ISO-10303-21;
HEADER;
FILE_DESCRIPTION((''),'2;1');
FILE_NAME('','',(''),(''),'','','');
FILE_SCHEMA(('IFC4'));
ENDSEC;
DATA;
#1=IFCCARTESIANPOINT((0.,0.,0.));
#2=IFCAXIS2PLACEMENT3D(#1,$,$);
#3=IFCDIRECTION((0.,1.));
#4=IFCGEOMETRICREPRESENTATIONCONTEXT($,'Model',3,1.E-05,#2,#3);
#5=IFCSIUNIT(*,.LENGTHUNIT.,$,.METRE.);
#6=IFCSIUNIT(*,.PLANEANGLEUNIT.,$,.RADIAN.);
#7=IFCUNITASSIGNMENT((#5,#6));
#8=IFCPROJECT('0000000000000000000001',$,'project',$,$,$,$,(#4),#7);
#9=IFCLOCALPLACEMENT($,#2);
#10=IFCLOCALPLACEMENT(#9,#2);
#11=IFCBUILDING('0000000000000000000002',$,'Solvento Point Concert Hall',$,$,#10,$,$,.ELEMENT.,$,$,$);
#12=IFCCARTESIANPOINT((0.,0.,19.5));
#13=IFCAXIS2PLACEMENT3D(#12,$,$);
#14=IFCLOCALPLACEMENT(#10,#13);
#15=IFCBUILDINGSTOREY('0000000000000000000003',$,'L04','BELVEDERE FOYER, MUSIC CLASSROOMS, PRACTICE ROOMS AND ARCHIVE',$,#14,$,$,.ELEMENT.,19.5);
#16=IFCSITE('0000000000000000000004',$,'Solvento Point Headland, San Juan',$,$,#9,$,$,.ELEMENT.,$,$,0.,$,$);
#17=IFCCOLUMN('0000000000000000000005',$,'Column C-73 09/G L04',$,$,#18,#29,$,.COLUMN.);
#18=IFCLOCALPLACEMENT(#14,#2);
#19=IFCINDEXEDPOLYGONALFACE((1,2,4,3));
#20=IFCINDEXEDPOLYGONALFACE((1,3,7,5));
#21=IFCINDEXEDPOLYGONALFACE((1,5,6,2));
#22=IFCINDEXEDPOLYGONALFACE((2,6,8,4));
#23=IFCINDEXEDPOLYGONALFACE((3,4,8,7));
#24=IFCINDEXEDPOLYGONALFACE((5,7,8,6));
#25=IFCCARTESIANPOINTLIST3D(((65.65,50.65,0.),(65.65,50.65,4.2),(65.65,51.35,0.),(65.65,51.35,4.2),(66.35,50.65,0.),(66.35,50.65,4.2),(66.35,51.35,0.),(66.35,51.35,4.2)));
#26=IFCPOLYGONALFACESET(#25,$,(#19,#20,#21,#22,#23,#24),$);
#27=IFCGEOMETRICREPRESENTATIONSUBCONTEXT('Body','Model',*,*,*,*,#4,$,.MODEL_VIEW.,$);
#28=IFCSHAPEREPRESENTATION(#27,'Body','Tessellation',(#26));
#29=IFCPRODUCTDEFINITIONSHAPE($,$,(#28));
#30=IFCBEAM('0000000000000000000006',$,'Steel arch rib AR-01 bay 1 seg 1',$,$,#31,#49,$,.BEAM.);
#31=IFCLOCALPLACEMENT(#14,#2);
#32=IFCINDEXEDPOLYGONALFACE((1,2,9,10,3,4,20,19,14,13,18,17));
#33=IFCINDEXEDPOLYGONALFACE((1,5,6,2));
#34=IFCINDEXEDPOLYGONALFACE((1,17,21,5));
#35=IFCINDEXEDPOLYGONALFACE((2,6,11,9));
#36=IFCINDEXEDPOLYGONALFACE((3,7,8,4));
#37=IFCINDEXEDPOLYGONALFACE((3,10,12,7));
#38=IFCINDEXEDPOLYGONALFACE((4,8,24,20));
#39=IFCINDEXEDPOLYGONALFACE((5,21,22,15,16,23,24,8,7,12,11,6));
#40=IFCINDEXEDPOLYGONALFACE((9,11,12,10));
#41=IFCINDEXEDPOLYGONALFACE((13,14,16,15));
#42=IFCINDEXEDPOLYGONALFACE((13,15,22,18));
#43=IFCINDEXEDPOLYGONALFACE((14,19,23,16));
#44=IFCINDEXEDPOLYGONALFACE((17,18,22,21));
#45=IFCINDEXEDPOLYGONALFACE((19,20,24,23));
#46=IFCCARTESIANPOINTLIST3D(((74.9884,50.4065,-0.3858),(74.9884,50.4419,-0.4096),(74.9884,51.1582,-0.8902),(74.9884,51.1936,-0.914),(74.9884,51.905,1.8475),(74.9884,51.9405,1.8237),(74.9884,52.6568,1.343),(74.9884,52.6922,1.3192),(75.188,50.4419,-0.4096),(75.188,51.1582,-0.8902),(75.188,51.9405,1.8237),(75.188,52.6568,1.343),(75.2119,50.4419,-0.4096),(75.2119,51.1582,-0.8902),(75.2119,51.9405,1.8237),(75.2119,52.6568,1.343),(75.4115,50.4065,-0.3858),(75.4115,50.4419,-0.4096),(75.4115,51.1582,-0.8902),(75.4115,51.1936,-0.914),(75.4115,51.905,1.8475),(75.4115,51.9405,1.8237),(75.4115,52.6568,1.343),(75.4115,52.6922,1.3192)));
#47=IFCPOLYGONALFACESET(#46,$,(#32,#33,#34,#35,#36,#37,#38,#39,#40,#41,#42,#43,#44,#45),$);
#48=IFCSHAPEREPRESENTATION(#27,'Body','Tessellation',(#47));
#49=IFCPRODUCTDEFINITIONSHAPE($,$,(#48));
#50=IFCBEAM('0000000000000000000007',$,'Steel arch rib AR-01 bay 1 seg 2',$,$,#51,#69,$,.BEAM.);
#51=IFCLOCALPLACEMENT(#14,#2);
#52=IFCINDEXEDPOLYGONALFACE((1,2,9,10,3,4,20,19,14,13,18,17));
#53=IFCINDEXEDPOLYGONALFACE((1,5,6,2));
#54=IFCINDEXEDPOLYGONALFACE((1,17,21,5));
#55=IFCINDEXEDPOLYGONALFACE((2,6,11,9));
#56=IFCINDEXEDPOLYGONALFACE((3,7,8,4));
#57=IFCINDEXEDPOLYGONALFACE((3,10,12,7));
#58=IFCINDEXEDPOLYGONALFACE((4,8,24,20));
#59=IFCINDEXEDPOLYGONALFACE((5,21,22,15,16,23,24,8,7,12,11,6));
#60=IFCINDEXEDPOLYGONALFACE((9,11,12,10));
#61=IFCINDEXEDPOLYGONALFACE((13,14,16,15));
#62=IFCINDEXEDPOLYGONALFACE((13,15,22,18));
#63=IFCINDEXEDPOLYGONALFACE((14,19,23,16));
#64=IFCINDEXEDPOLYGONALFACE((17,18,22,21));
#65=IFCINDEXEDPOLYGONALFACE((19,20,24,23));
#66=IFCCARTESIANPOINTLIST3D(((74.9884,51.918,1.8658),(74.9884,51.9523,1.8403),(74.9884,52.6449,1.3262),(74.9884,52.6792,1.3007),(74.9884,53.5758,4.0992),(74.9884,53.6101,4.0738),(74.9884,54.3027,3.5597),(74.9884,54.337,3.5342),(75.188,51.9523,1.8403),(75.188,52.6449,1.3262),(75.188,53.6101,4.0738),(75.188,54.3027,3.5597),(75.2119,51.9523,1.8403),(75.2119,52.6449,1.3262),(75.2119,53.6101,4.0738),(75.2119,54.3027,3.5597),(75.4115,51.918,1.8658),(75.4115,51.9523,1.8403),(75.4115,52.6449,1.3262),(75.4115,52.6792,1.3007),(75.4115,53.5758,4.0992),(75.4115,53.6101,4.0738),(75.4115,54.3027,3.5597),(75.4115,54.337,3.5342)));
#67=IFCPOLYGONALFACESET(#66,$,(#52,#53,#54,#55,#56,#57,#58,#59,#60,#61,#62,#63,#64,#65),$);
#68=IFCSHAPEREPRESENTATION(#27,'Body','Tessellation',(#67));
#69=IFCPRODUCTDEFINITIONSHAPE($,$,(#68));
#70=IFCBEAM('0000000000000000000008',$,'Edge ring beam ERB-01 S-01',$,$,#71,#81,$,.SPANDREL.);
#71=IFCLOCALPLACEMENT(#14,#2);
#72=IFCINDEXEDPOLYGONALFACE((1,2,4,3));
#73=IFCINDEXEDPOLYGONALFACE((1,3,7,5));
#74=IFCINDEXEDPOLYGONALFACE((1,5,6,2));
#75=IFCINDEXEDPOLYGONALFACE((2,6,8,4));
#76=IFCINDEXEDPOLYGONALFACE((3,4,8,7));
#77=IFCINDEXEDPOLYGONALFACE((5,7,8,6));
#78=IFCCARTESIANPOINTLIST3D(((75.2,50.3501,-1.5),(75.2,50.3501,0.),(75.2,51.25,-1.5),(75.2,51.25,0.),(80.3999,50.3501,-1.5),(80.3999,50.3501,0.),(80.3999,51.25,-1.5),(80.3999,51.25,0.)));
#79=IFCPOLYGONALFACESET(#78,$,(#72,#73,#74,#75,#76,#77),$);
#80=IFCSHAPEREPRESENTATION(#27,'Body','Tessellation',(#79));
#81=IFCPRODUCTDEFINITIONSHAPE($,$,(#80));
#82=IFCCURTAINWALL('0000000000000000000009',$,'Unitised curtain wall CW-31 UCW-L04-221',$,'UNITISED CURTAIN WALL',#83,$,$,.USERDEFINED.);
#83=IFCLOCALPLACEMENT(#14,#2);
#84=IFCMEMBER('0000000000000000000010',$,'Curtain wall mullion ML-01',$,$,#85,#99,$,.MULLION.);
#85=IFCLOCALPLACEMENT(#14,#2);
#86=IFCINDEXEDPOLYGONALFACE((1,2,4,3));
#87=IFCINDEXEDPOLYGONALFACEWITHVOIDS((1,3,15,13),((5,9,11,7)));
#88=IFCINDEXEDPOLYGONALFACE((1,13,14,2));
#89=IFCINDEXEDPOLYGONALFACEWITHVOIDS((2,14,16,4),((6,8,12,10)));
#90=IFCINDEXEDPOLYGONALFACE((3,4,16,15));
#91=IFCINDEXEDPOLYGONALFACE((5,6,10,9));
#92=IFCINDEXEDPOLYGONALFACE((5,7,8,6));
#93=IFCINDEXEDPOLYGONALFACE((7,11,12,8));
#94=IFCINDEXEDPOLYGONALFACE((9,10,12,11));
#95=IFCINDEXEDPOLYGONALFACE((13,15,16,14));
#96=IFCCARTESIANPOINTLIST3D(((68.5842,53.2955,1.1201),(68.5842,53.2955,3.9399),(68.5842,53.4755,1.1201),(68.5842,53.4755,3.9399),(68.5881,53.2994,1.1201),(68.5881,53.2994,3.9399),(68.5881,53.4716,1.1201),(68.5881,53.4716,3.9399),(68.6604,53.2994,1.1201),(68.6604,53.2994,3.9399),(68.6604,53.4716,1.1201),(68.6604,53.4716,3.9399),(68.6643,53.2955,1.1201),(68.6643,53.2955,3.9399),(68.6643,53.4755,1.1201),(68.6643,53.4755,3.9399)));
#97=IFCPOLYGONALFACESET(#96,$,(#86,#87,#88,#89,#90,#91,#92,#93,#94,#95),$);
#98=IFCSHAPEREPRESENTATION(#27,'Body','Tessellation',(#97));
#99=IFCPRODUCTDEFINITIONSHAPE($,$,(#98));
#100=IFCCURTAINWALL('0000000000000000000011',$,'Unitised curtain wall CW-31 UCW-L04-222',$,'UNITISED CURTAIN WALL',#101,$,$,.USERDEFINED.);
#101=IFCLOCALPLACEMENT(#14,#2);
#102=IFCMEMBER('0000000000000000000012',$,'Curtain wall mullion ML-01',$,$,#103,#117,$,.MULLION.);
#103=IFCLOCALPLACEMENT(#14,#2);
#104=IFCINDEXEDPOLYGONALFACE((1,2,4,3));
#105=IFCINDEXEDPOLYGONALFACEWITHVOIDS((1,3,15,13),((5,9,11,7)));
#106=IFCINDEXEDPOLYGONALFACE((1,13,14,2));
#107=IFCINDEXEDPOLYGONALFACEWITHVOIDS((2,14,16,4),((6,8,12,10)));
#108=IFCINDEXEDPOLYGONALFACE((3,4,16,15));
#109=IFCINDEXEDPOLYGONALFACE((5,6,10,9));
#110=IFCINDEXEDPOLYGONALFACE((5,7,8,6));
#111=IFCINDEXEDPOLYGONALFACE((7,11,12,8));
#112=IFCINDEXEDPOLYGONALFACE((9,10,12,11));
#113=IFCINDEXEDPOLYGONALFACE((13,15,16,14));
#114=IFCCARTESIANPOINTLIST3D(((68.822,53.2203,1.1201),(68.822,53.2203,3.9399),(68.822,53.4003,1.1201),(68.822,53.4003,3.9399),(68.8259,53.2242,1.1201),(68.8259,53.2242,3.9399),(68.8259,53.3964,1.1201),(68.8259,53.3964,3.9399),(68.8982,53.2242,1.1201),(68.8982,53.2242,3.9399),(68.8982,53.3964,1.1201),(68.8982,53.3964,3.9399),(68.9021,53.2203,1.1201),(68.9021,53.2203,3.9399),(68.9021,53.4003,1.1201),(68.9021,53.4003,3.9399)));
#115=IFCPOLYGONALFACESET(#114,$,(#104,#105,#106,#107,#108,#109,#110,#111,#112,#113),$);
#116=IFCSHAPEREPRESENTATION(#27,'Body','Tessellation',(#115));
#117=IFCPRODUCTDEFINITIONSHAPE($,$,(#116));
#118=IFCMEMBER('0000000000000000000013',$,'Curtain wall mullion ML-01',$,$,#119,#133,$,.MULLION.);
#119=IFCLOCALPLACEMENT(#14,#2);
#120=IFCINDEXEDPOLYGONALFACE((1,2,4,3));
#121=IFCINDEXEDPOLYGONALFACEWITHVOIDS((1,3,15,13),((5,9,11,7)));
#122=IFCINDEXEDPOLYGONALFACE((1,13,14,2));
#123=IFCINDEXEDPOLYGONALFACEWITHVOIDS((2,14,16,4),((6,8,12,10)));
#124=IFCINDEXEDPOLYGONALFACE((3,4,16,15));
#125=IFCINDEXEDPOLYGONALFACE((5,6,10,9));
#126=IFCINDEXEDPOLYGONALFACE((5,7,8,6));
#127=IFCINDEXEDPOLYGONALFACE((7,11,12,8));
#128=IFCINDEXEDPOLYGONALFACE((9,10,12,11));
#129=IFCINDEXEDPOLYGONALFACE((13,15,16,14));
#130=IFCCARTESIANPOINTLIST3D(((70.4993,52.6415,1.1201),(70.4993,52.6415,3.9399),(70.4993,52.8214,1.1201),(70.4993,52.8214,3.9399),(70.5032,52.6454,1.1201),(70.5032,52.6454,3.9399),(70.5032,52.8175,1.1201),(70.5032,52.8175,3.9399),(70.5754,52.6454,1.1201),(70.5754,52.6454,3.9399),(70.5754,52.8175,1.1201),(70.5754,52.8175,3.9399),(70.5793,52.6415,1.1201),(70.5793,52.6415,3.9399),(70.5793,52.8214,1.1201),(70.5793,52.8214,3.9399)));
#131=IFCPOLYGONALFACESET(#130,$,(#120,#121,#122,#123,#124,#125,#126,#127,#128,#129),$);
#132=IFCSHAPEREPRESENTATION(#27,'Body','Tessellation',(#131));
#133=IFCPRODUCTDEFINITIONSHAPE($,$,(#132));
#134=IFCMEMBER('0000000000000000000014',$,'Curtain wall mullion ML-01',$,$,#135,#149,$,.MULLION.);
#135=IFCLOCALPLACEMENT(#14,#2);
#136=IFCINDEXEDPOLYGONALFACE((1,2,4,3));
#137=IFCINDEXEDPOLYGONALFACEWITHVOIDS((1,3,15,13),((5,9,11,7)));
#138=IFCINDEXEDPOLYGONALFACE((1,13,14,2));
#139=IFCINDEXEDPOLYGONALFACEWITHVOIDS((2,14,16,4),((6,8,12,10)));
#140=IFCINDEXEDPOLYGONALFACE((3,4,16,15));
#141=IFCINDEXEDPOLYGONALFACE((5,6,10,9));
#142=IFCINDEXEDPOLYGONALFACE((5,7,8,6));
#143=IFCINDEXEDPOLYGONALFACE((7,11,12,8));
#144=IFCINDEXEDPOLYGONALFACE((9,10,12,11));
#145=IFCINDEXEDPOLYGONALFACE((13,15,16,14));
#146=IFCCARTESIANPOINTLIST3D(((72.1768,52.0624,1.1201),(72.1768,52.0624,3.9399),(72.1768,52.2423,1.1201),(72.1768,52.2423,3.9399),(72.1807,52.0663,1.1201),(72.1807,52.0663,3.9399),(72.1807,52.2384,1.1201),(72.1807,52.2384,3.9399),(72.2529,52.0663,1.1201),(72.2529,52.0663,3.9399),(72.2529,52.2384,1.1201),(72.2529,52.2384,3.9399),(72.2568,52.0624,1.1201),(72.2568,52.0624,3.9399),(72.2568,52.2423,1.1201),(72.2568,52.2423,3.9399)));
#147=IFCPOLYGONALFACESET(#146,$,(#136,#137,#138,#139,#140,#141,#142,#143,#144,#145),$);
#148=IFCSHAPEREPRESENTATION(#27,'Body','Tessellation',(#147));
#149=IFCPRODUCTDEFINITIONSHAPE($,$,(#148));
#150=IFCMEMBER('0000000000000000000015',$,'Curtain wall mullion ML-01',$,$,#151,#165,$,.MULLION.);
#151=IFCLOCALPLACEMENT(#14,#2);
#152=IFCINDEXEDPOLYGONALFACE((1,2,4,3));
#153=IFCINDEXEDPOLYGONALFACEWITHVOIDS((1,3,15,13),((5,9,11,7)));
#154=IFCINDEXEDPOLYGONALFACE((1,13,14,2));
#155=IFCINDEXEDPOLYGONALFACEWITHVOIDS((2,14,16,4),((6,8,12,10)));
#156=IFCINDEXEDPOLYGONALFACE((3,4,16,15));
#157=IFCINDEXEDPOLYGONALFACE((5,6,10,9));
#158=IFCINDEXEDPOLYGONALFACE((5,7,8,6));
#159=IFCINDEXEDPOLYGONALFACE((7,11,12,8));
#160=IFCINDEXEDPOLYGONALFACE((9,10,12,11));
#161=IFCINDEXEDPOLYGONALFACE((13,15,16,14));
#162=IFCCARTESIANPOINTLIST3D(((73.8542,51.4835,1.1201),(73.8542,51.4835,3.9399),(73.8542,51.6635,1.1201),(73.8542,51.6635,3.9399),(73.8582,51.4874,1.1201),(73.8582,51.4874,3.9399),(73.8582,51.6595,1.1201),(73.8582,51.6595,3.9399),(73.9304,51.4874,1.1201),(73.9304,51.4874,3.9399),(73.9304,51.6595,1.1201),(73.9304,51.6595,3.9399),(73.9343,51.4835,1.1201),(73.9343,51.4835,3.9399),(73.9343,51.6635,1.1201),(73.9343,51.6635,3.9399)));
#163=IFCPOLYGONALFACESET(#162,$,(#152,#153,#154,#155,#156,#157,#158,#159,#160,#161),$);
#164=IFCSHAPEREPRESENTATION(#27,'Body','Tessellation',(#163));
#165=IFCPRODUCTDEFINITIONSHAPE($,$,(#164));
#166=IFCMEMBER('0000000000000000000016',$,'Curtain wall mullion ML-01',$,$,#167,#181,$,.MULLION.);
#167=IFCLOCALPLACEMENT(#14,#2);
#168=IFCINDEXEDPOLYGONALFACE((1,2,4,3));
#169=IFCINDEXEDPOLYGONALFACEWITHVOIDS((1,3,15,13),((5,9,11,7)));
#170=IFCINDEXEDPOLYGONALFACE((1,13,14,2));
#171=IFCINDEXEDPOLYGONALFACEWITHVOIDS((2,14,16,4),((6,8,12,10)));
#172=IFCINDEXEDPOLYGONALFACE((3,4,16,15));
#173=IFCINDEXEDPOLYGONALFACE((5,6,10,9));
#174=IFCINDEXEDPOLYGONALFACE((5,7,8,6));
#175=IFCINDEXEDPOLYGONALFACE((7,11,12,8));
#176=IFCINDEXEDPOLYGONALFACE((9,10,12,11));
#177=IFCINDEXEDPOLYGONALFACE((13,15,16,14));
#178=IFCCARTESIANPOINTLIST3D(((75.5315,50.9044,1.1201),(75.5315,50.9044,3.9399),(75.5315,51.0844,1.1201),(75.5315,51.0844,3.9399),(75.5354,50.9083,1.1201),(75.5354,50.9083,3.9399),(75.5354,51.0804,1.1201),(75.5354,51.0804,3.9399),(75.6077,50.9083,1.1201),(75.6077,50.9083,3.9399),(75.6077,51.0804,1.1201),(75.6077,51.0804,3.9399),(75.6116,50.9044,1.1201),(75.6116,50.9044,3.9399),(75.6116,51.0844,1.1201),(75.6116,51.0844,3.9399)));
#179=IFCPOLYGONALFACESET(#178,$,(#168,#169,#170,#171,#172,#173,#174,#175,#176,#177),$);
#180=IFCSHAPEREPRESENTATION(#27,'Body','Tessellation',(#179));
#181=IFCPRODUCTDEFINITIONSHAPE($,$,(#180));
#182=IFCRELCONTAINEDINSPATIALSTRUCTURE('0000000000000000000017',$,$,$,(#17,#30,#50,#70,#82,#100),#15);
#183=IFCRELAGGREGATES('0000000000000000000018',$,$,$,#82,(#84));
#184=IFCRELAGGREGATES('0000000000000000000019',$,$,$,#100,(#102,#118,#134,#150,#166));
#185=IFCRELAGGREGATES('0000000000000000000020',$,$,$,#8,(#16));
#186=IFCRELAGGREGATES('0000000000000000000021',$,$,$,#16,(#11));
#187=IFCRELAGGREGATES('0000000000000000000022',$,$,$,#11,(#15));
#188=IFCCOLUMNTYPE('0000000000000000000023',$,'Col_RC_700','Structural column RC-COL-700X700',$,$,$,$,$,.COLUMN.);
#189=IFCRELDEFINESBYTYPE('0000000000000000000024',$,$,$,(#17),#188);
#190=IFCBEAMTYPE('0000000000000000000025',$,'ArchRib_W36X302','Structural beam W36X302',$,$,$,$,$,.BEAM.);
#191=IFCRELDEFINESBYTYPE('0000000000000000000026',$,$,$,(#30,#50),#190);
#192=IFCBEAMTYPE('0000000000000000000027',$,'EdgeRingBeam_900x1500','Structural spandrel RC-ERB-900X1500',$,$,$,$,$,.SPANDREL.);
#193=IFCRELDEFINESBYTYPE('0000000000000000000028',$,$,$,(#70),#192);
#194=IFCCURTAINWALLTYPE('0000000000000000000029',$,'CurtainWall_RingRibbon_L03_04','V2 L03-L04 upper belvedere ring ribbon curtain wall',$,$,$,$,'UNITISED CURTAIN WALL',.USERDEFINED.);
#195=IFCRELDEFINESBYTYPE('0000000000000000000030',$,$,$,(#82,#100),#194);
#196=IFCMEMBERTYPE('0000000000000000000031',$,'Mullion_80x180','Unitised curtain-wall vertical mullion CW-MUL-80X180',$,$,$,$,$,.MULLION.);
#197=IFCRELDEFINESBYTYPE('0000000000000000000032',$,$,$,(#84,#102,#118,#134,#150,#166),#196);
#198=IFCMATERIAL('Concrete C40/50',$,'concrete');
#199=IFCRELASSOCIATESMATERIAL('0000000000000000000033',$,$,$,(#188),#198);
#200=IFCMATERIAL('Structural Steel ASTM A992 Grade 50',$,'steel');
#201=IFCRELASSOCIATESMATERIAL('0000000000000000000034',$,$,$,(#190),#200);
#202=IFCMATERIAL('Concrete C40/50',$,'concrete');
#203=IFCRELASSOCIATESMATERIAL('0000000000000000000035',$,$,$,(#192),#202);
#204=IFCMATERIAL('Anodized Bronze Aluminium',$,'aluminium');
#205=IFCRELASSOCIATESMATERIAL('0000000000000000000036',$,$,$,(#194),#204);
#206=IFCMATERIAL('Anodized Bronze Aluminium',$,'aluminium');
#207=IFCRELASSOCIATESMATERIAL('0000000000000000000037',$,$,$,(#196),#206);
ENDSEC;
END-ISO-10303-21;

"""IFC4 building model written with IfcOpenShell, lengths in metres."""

from ifc_helpers import new_model, si_unit, direction, frame, origin, origin_2d, place, context, subcontext, project, spatial, rectangle, hollow_rectangle, i_section, extrude, material, material_profile, profile_set, type_object, element, aggregate, save


model = new_model("IFC4")

# Units and contexts
model_context = context("Model", 3, precision=1e-05, world=origin(), true_north=direction((0.0, 1.0)))
body_context = subcontext(model_context, "Body", "Model", "MODEL_VIEW")
ifc_project = project(units=[si_unit("LENGTHUNIT", "METRE"), si_unit("PLANEANGLEUNIT", "RADIAN")], contexts=[model_context])

# Site, building, storey
site_placement = place(None, origin())
site = spatial("IfcSite", under=ifc_project, at=site_placement, Name="Solvento Point Headland, San Juan", CompositionType="ELEMENT", RefElevation=0.0)
building_placement = place(site_placement, origin())
building = spatial("IfcBuilding", under=site, at=building_placement, Name="Solvento Point Concert Hall", CompositionType="ELEMENT")
storey_placement = place(building_placement, frame((0.0, 0.0, 19.5)))
storey = spatial("IfcBuildingStorey", under=building, at=storey_placement, Name="L04", Description="BELVEDERE FOYER, MUSIC CLASSROOMS, PRACTICE ROOMS AND ARCHIVE", CompositionType="ELEMENT", Elevation=19.5)

# Column
ifc_material_1 = material(Name="Concrete C40/50", Category="concrete")
ifc_material_profile_1 = material_profile(ifc_material_1, rectangle(XDim=0.7, YDim=0.7, at=origin_2d()), Name="RC-COL-700X700")
ifc_profile_set_1 = profile_set([ifc_material_profile_1], Name="Concrete C40/50")
column_type = type_object("IfcColumnType", Name="Col_RC_700", Description="Structural column RC-COL-700X700", PredefinedType="COLUMN", material=ifc_profile_set_1)
column_placement = place(storey_placement, frame((66.0, 51.0, 0.0), z_axis=(0.0, 0.0, 1.0), x_axis=(1.0, 0.0, 0.0)))
element("IfcColumn", 1, at=column_placement, inside=storey, type_object=column_type, Name="Column C-73 09/G L04", PredefinedType="COLUMN", context=body_context, shape_type="SweptSolid", body=[
    extrude(rectangle(XDim=0.7, YDim=0.7, at=origin_2d()), origin(), (0.0, 0.0, 1.0), 4.2),
])

# Beams
ifc_material_2 = material(Name="Structural Steel ASTM A992 Grade 50", Category="steel")
ifc_material_profile_2 = material_profile(ifc_material_2, i_section(OverallWidth=0.4231, OverallDepth=0.948, WebThickness=0.0239, FlangeThickness=0.0427, at=origin_2d()), Name="W36X302")
ifc_profile_set_2 = profile_set([ifc_material_profile_2], Name="Structural Steel ASTM A992 Grade 50")
beam_type_1 = type_object("IfcBeamType", Name="ArchRib_W36X302", Description="Structural beam W36X302", PredefinedType="BEAM", material=ifc_profile_set_2)
beam_1_placement = place(storey_placement, frame((75.2, 50.8, -0.6499), z_axis=(0.0, 0.557212, 0.830371), x_axis=(-1.0, 0.0, 0.0)))
element("IfcBeam", 2, at=beam_1_placement, inside=storey, type_object=beam_type_1, Name="Steel arch rib AR-01 bay 1 seg 1", PredefinedType="BEAM", context=body_context, shape_type="SweptSolid", body=[
    extrude(i_section(OverallWidth=0.4231, OverallDepth=0.948, WebThickness=0.0239, FlangeThickness=0.0427, at=origin_2d()), origin(), (0.0, 0.0, 1.0), 2.6895),
])
beam_2_placement = place(storey_placement, frame((75.2, 52.2986, 1.5833), z_axis=(0.0, 0.596004, 0.802981), x_axis=(-1.0, 0.0, 0.0)))
element("IfcBeam", 3, at=beam_2_placement, inside=storey, type_object=beam_type_1, Name="Steel arch rib AR-01 bay 1 seg 2", PredefinedType="BEAM", context=body_context, shape_type="SweptSolid", body=[
    extrude(i_section(OverallWidth=0.4231, OverallDepth=0.948, WebThickness=0.0239, FlangeThickness=0.0427, at=origin_2d()), origin(), (0.0, 0.0, 1.0), 2.7815),
])
ifc_material_3 = material(Name="Concrete C40/50", Category="concrete")
ifc_material_profile_3 = material_profile(ifc_material_3, rectangle(XDim=0.8999, YDim=1.5, at=origin_2d()), Name="RC-ERB-900X1500")
ifc_profile_set_3 = profile_set([ifc_material_profile_3], Name="Concrete C40/50")
beam_type_2 = type_object("IfcBeamType", Name="EdgeRingBeam_900x1500", Description="Structural spandrel RC-ERB-900X1500", PredefinedType="SPANDREL", material=ifc_profile_set_3)
beam_3_placement = place(storey_placement, frame((75.2, 50.8, -0.75), z_axis=(1.0, 0.0, 0.0), x_axis=(0.0, 1.0, 0.0)))
element("IfcBeam", 4, at=beam_3_placement, inside=storey, type_object=beam_type_2, Name="Edge ring beam ERB-01 S-01", PredefinedType="SPANDREL", context=body_context, shape_type="SweptSolid", body=[
    extrude(rectangle(XDim=0.8999, YDim=1.5, at=origin_2d()), origin(), (0.0, 0.0, 1.0), 5.2),
])

# Curtain wall, member
ifc_material_4 = material(Name="Anodized Bronze Aluminium", Category="aluminium")
curtain_wall_type = type_object("IfcCurtainWallType", Name="CurtainWall_RingRibbon_L03_04", Description="V2 L03-L04 upper belvedere ring ribbon curtain wall", ElementType="UNITISED CURTAIN WALL", PredefinedType="USERDEFINED", material=ifc_material_4)
curtain_wall_1_placement = place(storey_placement, origin())
curtain_wall_1 = element("IfcCurtainWall", 5, at=curtain_wall_1_placement, inside=storey, type_object=curtain_wall_type, Name="Unitised curtain wall CW-31 UCW-L04-221", ObjectType="UNITISED CURTAIN WALL", PredefinedType="USERDEFINED")
ifc_material_5 = material(Name="Anodized Bronze Aluminium", Category="aluminium")
ifc_material_profile_4 = material_profile(ifc_material_5, hollow_rectangle(XDim=0.0801, YDim=0.1799, WallThickness=0.0039, at=origin_2d()), Name="CW-MUL-80X180")
ifc_profile_set_4 = profile_set([ifc_material_profile_4], Name="Anodized Bronze Aluminium")
member_type_1 = type_object("IfcMemberType", Name="Mullion_80x180", Description="Unitised curtain-wall vertical mullion CW-MUL-80X180", PredefinedType="MULLION", material=ifc_profile_set_4)
member_1_placement = place(storey_placement, frame((68.6243, 53.3855, 1.1201), z_axis=(0.0, 0.0, 1.0), x_axis=(1.0, 0.0, 0.0)))
member_1 = element("IfcMember", 6, at=member_1_placement, type_object=member_type_1, Name="Curtain wall mullion ML-01", PredefinedType="MULLION", context=body_context, shape_type="SweptSolid", body=[
    extrude(hollow_rectangle(XDim=0.0801, YDim=0.1799, WallThickness=0.0039, at=origin_2d()), origin(), (0.0, 0.0, 1.0), 2.8198),
])

# Curtain wall, members
curtain_wall_2_placement = place(storey_placement, origin())
curtain_wall_2 = element("IfcCurtainWall", 7, at=curtain_wall_2_placement, inside=storey, type_object=curtain_wall_type, Name="Unitised curtain wall CW-31 UCW-L04-222", ObjectType="UNITISED CURTAIN WALL", PredefinedType="USERDEFINED")
member_2_placement = place(storey_placement, frame((68.8621, 53.3103, 1.1201), z_axis=(0.0, 0.0, 1.0), x_axis=(1.0, 0.0, 0.0)))
member_2 = element("IfcMember", 8, at=member_2_placement, type_object=member_type_1, Name="Curtain wall mullion ML-01", PredefinedType="MULLION", context=body_context, shape_type="SweptSolid", body=[
    extrude(hollow_rectangle(XDim=0.0801, YDim=0.1799, WallThickness=0.0039, at=origin_2d()), origin(), (0.0, 0.0, 1.0), 2.8198),
])
member_3_placement = place(storey_placement, frame((70.5393, 52.7314, 1.1201), z_axis=(0.0, 0.0, 1.0), x_axis=(1.0, 0.0, 0.0)))
member_3 = element("IfcMember", 9, at=member_3_placement, type_object=member_type_1, Name="Curtain wall mullion ML-01", PredefinedType="MULLION", context=body_context, shape_type="SweptSolid", body=[
    extrude(hollow_rectangle(XDim=0.0801, YDim=0.1799, WallThickness=0.0039, at=origin_2d()), origin(), (0.0, 0.0, 1.0), 2.8198),
])
member_4_placement = place(storey_placement, frame((72.2168, 52.1523, 1.1201), z_axis=(0.0, 0.0, 1.0), x_axis=(1.0, 0.0, 0.0)))
member_4 = element("IfcMember", 10, at=member_4_placement, type_object=member_type_1, Name="Curtain wall mullion ML-01", PredefinedType="MULLION", context=body_context, shape_type="SweptSolid", body=[
    extrude(hollow_rectangle(XDim=0.0801, YDim=0.1799, WallThickness=0.0039, at=origin_2d()), origin(), (0.0, 0.0, 1.0), 2.8198),
])
member_5_placement = place(storey_placement, frame((73.8943, 51.5735, 1.1201), z_axis=(0.0, 0.0, 1.0), x_axis=(1.0, 0.0, 0.0)))
member_5 = element("IfcMember", 11, at=member_5_placement, type_object=member_type_1, Name="Curtain wall mullion ML-01", PredefinedType="MULLION", context=body_context, shape_type="SweptSolid", body=[
    extrude(hollow_rectangle(XDim=0.0801, YDim=0.1799, WallThickness=0.0039, at=origin_2d()), origin(), (0.0, 0.0, 1.0), 2.8198),
])
member_6_placement = place(storey_placement, frame((75.5715, 50.9944, 1.1201), z_axis=(0.0, 0.0, 1.0), x_axis=(1.0, 0.0, 0.0)))
member_6 = element("IfcMember", 12, at=member_6_placement, type_object=member_type_1, Name="Curtain wall mullion ML-01", PredefinedType="MULLION", context=body_context, shape_type="SweptSolid", body=[
    extrude(hollow_rectangle(XDim=0.0801, YDim=0.1799, WallThickness=0.0039, at=origin_2d()), origin(), (0.0, 0.0, 1.0), 2.8198),
])

aggregate(curtain_wall_1, [member_1])
aggregate(curtain_wall_2, [member_2, member_3, member_4, member_5, member_6])

save(model, "model.ifc")
